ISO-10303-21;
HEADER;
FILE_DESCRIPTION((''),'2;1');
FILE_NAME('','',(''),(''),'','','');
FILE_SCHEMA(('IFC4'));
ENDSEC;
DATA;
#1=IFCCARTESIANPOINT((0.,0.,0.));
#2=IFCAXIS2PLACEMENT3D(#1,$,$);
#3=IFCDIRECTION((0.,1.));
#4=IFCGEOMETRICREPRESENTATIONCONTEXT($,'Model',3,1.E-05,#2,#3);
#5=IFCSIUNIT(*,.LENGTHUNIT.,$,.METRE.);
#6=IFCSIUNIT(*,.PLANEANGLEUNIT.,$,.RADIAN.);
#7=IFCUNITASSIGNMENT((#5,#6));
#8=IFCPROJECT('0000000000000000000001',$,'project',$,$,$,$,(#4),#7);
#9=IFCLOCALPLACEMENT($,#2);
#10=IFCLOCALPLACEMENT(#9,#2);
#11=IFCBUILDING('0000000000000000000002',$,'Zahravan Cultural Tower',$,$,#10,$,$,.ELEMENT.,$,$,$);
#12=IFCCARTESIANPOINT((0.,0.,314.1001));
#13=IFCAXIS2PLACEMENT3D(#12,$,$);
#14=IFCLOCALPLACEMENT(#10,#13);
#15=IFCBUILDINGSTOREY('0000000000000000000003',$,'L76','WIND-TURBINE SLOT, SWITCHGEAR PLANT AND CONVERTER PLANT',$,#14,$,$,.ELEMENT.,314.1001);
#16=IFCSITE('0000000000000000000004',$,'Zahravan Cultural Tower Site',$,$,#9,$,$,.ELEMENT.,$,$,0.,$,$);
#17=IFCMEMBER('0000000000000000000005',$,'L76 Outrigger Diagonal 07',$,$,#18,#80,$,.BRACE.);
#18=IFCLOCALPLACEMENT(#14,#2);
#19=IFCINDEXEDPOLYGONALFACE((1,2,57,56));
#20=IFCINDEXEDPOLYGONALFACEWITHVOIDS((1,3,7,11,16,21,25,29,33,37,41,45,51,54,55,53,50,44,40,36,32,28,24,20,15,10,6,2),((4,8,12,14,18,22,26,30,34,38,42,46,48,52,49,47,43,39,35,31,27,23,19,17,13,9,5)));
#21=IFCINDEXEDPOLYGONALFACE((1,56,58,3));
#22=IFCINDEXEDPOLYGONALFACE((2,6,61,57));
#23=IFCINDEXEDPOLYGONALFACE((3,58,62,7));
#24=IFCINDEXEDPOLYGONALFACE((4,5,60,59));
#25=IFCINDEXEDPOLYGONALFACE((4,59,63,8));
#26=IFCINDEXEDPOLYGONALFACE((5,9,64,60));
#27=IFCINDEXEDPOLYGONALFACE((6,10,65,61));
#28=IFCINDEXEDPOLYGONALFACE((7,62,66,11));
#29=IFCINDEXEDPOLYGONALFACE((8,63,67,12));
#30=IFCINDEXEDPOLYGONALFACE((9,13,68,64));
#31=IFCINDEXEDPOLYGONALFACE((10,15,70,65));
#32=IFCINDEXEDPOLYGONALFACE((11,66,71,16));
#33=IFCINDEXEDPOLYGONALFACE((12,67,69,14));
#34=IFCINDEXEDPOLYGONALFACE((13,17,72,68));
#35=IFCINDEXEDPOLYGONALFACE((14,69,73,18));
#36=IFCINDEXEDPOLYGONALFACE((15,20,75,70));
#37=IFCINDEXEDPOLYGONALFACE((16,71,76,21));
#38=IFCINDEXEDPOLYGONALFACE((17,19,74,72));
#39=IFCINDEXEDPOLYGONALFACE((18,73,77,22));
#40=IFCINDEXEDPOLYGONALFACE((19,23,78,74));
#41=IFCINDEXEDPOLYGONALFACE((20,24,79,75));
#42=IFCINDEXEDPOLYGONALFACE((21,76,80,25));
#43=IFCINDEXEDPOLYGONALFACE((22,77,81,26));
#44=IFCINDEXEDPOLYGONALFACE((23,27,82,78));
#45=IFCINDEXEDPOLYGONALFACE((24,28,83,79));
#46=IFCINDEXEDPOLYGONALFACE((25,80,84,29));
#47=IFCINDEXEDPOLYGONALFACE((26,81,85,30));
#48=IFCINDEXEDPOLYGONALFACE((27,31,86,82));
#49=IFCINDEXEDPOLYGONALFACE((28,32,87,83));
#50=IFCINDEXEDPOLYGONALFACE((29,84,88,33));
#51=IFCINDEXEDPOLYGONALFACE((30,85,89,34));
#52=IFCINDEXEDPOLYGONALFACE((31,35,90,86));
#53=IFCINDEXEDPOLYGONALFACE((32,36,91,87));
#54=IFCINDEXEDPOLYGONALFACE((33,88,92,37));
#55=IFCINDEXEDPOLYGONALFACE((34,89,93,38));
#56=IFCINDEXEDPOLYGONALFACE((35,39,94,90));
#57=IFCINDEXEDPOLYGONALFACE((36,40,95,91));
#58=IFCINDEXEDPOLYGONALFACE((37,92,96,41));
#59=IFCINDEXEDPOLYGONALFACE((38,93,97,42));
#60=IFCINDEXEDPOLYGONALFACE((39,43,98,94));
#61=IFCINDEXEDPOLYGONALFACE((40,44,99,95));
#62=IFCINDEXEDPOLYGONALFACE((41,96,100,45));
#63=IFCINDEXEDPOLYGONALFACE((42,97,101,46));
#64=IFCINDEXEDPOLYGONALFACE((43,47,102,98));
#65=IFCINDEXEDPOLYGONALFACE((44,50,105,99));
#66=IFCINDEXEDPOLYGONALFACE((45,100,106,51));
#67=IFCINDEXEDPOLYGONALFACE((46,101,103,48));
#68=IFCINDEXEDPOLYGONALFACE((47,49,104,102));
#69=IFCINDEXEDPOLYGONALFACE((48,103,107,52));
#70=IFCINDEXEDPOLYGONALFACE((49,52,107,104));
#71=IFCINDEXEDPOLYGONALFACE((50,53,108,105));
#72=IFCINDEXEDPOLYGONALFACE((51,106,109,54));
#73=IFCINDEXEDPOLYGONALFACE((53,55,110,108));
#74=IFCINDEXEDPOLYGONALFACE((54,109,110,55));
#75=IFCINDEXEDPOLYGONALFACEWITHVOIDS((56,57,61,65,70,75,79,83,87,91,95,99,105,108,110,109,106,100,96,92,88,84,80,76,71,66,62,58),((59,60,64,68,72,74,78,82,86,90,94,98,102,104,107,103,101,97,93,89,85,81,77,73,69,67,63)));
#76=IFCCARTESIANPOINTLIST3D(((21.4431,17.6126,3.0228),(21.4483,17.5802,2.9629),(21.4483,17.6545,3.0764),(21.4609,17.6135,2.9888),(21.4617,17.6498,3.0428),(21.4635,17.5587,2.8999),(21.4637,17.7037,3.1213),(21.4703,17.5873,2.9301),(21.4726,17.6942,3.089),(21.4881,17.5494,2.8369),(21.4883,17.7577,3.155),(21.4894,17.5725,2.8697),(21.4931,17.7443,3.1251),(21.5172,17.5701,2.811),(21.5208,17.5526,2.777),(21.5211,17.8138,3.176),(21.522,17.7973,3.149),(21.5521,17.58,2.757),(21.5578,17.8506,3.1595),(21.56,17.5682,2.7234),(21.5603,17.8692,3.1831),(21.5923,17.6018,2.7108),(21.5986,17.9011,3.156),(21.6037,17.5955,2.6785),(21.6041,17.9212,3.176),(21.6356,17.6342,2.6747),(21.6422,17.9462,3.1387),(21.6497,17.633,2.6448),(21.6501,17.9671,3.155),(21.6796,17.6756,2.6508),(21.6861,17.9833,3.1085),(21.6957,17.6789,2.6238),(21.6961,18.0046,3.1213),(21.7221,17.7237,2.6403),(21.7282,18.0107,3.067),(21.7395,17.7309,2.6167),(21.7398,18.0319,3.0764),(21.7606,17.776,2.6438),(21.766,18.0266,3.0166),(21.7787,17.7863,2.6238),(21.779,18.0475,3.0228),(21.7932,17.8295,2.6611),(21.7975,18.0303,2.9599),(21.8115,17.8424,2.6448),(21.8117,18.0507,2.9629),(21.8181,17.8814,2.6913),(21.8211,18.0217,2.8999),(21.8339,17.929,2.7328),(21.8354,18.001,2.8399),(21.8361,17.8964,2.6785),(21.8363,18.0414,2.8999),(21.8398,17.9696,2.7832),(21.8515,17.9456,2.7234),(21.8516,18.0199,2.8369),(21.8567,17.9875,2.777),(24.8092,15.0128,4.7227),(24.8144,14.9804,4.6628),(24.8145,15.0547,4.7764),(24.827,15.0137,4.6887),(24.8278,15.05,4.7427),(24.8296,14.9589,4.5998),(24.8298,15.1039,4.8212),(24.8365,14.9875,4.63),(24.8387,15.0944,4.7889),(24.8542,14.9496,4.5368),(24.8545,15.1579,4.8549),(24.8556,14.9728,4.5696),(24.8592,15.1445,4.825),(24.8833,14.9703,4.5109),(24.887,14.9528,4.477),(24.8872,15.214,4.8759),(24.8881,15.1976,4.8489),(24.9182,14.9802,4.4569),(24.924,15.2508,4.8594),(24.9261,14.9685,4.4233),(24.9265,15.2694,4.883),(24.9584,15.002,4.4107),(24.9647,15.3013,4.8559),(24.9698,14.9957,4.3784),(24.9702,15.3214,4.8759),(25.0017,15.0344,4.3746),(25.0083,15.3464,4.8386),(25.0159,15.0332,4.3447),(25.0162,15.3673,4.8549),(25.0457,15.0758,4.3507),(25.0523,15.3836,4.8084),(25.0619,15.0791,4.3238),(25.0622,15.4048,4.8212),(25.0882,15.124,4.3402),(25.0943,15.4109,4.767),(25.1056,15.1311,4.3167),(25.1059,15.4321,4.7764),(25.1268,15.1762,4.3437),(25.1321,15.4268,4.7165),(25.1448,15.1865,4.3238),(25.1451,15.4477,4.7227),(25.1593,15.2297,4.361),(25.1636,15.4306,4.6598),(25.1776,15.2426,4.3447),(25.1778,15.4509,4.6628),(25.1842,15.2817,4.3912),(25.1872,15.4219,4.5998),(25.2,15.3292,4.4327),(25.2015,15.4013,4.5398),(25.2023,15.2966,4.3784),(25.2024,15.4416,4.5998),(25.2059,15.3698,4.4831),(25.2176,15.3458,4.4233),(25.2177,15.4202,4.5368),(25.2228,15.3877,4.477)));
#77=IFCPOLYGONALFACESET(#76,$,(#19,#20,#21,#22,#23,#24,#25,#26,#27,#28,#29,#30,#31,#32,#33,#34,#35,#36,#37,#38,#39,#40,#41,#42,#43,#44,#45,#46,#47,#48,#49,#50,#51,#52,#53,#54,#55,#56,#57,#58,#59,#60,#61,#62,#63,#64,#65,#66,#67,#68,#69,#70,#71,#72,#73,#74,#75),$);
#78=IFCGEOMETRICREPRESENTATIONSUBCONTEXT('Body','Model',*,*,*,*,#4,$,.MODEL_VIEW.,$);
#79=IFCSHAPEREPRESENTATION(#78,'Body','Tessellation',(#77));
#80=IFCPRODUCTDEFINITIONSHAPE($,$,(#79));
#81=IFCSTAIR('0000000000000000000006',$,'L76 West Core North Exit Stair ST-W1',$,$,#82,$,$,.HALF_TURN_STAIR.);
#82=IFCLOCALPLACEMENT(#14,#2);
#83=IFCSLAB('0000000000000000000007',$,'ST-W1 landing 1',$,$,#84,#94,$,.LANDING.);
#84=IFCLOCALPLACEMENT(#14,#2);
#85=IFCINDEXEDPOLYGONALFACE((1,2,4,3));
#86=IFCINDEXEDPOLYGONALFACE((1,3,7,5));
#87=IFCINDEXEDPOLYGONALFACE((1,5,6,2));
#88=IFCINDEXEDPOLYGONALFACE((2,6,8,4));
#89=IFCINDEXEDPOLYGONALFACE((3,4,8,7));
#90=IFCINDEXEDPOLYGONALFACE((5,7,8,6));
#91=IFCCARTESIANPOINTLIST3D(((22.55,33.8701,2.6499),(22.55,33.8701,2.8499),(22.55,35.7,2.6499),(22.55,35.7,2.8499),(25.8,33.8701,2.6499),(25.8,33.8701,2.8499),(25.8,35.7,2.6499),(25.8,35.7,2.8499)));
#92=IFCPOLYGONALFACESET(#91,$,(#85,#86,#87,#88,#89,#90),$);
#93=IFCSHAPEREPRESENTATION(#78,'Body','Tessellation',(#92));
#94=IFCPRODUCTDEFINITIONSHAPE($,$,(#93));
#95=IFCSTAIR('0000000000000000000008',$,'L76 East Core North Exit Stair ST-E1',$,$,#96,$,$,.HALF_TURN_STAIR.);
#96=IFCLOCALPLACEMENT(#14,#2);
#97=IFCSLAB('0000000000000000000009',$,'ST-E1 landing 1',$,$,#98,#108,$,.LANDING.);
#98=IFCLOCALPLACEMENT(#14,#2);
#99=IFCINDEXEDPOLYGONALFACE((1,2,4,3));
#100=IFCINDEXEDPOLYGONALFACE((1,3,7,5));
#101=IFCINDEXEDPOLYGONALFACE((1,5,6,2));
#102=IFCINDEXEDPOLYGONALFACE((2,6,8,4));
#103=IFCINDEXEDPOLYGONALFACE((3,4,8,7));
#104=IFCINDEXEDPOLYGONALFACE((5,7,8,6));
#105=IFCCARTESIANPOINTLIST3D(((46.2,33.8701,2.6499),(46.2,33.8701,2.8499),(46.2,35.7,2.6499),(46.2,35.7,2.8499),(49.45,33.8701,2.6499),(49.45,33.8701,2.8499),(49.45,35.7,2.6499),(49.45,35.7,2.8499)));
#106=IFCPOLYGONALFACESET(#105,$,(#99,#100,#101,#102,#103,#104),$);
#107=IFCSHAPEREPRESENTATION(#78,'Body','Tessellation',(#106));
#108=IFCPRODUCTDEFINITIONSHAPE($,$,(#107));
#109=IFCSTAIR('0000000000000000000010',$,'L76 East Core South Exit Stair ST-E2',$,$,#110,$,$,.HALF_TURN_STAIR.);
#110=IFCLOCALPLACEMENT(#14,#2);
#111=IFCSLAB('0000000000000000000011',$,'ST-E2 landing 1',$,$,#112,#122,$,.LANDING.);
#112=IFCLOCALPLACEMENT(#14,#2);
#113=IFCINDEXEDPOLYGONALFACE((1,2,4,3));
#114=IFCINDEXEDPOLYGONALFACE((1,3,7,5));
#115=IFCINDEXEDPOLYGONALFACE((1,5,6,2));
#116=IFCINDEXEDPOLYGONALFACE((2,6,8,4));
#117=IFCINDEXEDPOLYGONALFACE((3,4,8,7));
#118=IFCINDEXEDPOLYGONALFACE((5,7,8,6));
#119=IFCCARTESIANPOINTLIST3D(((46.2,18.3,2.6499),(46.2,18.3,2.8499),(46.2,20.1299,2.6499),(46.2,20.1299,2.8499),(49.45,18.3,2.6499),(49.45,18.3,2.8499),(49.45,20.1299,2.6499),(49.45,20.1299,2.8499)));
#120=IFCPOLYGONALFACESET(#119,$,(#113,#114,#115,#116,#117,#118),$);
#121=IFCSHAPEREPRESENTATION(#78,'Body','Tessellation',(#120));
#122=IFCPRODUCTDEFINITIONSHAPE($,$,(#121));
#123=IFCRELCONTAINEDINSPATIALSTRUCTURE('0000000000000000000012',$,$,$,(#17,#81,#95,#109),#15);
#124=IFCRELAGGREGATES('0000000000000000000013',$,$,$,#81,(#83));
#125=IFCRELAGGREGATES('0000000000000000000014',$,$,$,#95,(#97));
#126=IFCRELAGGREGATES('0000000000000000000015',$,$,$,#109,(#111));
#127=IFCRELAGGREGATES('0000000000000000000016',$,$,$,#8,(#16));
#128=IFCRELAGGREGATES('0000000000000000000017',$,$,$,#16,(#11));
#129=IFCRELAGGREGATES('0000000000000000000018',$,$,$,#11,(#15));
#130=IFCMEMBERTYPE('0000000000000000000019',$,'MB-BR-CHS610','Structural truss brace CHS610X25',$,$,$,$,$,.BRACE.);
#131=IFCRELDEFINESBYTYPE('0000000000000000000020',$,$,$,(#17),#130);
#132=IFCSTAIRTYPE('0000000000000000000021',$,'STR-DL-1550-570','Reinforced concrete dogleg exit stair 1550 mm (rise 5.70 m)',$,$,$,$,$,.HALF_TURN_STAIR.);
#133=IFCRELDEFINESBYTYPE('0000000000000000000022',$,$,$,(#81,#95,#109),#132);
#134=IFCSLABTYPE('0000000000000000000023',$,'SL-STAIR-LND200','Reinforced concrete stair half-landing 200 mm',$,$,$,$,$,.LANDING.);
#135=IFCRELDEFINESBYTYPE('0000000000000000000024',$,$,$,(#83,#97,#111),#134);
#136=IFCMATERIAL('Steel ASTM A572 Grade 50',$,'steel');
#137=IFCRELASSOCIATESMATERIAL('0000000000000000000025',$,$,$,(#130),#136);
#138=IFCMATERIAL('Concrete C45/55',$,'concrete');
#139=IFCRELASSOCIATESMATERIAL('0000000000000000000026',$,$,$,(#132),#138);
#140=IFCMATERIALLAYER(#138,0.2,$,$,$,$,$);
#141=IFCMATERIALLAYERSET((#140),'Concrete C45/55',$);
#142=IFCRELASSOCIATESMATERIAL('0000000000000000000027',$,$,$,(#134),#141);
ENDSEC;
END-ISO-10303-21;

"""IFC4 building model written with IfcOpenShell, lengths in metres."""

from ifc_helpers import new_model, si_unit, direction, frame, origin, origin_2d, place, context, subcontext, project, spatial, polyline, hollow_circle, outline, extrude, source, transform, mapped, material, layer, layer_set, material_profile, profile_set, type_object, element, aggregate, save


model = new_model("IFC4")

# Units and contexts
model_context = context("Model", 3, precision=1e-05, world=origin(), true_north=direction((0.0, 1.0)))
body_context = subcontext(model_context, "Body", "Model", "MODEL_VIEW")
ifc_project = project(units=[si_unit("LENGTHUNIT", "METRE"), si_unit("PLANEANGLEUNIT", "RADIAN")], contexts=[model_context])

# Site, building, storey
site_placement = place(None, origin())
site = spatial("IfcSite", under=ifc_project, at=site_placement, Name="Zahravan Cultural Tower Site", CompositionType="ELEMENT", RefElevation=0.0)
building_placement = place(site_placement, origin())
building = spatial("IfcBuilding", under=site, at=building_placement, Name="Zahravan Cultural Tower", CompositionType="ELEMENT")
storey_placement = place(building_placement, frame((0.0, 0.0, 314.1001)))
storey = spatial("IfcBuildingStorey", under=building, at=storey_placement, Name="L76", Description="WIND-TURBINE SLOT, SWITCHGEAR PLANT AND CONVERTER PLANT", CompositionType="ELEMENT", Elevation=314.1001)

# Member
ifc_material_1 = material(Name="Steel ASTM A572 Grade 50", Category="steel")
ifc_material_profile_1 = material_profile(ifc_material_1, hollow_circle(Radius=0.3049, WallThickness=0.0249, at=origin_2d()), Name="CHS610X25")
ifc_profile_set_1 = profile_set([ifc_material_profile_1], Name="Steel ASTM A572 Grade 50")
member_type = type_object("IfcMemberType", Name="MB-BR-CHS610", Description="Structural truss brace CHS610X25", PredefinedType="BRACE", material=ifc_profile_set_1)
shared_shape_1 = source(origin(), body_context, "Body", "SweptSolid", [
    extrude(hollow_circle(Radius=0.3049, WallThickness=0.0249, at=origin_2d()), origin(), (0.0, 0.0, 1.0), 4.5803),
])
member_placement = place(storey_placement, frame((21.6499, 17.8, 2.8999), z_axis=(0.73491, -0.567599, 0.371133), x_axis=(0.611255, 0.791434, 0.0)))
element("IfcMember", 1, at=member_placement, inside=storey, type_object=member_type, Name="L76 Outrigger Diagonal 07", PredefinedType="BRACE", context=body_context, shape_type="MappedRepresentation", body=[
    mapped(shared_shape_1, transform((0.0, 0.0, 0.0), x_axis=(1.0, 0.0, 0.0), y_axis=(0.0, 1.0, 0.0), z_axis=(0.0, 0.0, 1.0), scale=1.0)),
])

# Stairs, slabs
ifc_material_2 = material(Name="Concrete C45/55", Category="concrete")
stair_type = type_object("IfcStairType", Name="STR-DL-1550-570", Description="Reinforced concrete dogleg exit stair 1550 mm (rise 5.70 m)", PredefinedType="HALF_TURN_STAIR", material=ifc_material_2)
stair_1_placement = place(storey_placement, origin())
stair_1 = element("IfcStair", 2, at=stair_1_placement, inside=storey, type_object=stair_type, Name="L76 West Core North Exit Stair ST-W1", PredefinedType="HALF_TURN_STAIR")
ifc_layer_1 = layer(ifc_material_2, 0.2)
ifc_layer_set_1 = layer_set([ifc_layer_1], Name="Concrete C45/55")
slab_type_1 = type_object("IfcSlabType", Name="SL-STAIR-LND200", Description="Reinforced concrete stair half-landing 200 mm", PredefinedType="LANDING", material=ifc_layer_set_1)
slab_1_placement = place(storey_placement, frame((0.0, 0.0, 2.6499)))
slab_1 = element("IfcSlab", 3, at=slab_1_placement, type_object=slab_type_1, Name="ST-W1 landing 1", PredefinedType="LANDING", context=body_context, shape_type="SweptSolid", body=[
    extrude(outline(polyline([(25.8, 33.8701), (25.8, 35.7), (22.55, 35.7), (22.55, 33.8701), (25.8, 33.8701)])), origin(), (0.0, 0.0, 1.0), 0.2),
])
aggregate(stair_1, [slab_1])
stair_2_placement = place(storey_placement, origin())
stair_2 = element("IfcStair", 4, at=stair_2_placement, inside=storey, type_object=stair_type, Name="L76 East Core North Exit Stair ST-E1", PredefinedType="HALF_TURN_STAIR")
slab_2_placement = place(storey_placement, frame((0.0, 0.0, 2.6499)))
slab_2 = element("IfcSlab", 5, at=slab_2_placement, type_object=slab_type_1, Name="ST-E1 landing 1", PredefinedType="LANDING", context=body_context, shape_type="SweptSolid", body=[
    extrude(outline(polyline([(49.45, 33.8701), (49.45, 35.7), (46.2, 35.7), (46.2, 33.8701), (49.45, 33.8701)])), origin(), (0.0, 0.0, 1.0), 0.2),
])
aggregate(stair_2, [slab_2])
stair_3_placement = place(storey_placement, origin())
stair_3 = element("IfcStair", 6, at=stair_3_placement, inside=storey, type_object=stair_type, Name="L76 East Core South Exit Stair ST-E2", PredefinedType="HALF_TURN_STAIR")
slab_3_placement = place(storey_placement, frame((0.0, 0.0, 2.6499)))
slab_3 = element("IfcSlab", 7, at=slab_3_placement, type_object=slab_type_1, Name="ST-E2 landing 1", PredefinedType="LANDING", context=body_context, shape_type="SweptSolid", body=[
    extrude(outline(polyline([(46.2, 20.1299), (46.2, 18.3), (49.45, 18.3), (49.45, 20.1299), (46.2, 20.1299)])), origin(), (0.0, 0.0, 1.0), 0.2),
])
aggregate(stair_3, [slab_3])

save(model, "model.ifc")
